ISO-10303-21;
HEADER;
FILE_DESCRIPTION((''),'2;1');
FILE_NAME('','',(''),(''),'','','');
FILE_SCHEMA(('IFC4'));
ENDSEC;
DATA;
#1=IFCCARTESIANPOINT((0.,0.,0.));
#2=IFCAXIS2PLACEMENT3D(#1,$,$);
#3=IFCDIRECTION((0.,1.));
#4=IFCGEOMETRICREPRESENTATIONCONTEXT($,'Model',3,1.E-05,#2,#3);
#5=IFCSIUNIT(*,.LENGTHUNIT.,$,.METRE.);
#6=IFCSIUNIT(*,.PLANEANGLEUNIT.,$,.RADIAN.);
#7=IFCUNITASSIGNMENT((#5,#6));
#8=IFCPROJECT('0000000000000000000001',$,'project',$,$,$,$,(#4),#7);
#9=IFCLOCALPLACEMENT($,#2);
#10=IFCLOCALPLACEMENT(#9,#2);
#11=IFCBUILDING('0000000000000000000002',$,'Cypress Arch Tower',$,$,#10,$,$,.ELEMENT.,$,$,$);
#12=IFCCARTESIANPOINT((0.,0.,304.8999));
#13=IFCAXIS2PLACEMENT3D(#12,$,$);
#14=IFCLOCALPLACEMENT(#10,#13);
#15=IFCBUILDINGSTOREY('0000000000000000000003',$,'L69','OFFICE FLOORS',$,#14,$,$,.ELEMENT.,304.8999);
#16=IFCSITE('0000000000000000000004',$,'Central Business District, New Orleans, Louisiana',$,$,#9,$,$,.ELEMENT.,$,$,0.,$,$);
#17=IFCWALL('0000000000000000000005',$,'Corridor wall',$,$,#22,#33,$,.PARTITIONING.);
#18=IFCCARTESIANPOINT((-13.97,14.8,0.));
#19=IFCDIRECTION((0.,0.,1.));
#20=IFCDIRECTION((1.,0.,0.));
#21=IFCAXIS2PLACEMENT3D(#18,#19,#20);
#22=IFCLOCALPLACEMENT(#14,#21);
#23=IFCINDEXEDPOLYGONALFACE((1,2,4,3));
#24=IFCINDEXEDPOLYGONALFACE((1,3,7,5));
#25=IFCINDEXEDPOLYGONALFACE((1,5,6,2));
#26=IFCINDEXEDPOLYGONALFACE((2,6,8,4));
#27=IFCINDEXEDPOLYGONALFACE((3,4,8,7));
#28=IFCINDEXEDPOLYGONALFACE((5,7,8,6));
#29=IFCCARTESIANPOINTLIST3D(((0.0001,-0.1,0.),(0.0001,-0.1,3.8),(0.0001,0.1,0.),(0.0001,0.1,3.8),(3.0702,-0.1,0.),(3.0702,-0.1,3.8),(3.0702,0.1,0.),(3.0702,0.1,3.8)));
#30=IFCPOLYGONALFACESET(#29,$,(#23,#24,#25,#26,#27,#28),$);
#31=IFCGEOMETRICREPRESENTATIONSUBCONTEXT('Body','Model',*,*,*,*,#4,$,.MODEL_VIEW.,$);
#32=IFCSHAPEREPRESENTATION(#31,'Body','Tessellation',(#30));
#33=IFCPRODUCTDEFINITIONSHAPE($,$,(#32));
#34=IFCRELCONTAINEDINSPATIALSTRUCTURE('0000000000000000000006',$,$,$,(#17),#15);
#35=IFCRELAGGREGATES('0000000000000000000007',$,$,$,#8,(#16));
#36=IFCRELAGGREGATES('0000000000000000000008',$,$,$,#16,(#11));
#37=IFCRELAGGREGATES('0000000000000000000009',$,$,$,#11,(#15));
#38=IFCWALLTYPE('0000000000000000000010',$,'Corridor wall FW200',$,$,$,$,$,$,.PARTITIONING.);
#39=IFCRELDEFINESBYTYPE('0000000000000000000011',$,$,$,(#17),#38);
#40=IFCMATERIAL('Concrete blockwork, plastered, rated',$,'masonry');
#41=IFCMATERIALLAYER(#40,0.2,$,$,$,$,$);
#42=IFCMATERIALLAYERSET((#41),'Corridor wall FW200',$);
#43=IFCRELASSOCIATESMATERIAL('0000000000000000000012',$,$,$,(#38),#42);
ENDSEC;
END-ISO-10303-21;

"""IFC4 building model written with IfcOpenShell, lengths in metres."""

from ifc_helpers import new_model, si_unit, direction, frame, frame_2d, origin, place, context, subcontext, project, spatial, rectangle, extrude, material, layer, layer_set, type_object, element, save


model = new_model("IFC4")

# Units and contexts
model_context = context("Model", 3, precision=1e-05, world=origin(), true_north=direction((0.0, 1.0)))
body_context = subcontext(model_context, "Body", "Model", "MODEL_VIEW")
ifc_project = project(units=[si_unit("LENGTHUNIT", "METRE"), si_unit("PLANEANGLEUNIT", "RADIAN")], contexts=[model_context])

# Site, building, storey
site_placement = place(None, origin())
site = spatial("IfcSite", under=ifc_project, at=site_placement, Name="Central Business District, New Orleans, Louisiana", CompositionType="ELEMENT", RefElevation=0.0)
building_placement = place(site_placement, origin())
building = spatial("IfcBuilding", under=site, at=building_placement, Name="Cypress Arch Tower", CompositionType="ELEMENT")
storey_placement = place(building_placement, frame((0.0, 0.0, 304.8999)))
storey = spatial("IfcBuildingStorey", under=building, at=storey_placement, Name="L69", Description="OFFICE FLOORS", CompositionType="ELEMENT", Elevation=304.8999)

# Wall
ifc_material_1 = material(Name="Concrete blockwork, plastered, rated", Category="masonry")
ifc_layer_1 = layer(ifc_material_1, 0.2)
ifc_layer_set_1 = layer_set([ifc_layer_1], Name="Corridor wall FW200")
wall_type_1 = type_object("IfcWallType", Name="Corridor wall FW200", PredefinedType="PARTITIONING", material=ifc_layer_set_1)
wall_1_placement = place(storey_placement, frame((-13.97, 14.8, 0.0), z_axis=(0.0, 0.0, 1.0), x_axis=(1.0, 0.0, 0.0)))
element("IfcWall", 1, at=wall_1_placement, inside=storey, type_object=wall_type_1, Name="Corridor wall", PredefinedType="PARTITIONING", context=body_context, shape_type="SweptSolid", body=[
    extrude(rectangle(XDim=3.0701, YDim=0.2, at=frame_2d((1.5352, 0.0))), origin(), (0.0, 0.0, 1.0), 3.8),
])

save(model, "model.ifc")
